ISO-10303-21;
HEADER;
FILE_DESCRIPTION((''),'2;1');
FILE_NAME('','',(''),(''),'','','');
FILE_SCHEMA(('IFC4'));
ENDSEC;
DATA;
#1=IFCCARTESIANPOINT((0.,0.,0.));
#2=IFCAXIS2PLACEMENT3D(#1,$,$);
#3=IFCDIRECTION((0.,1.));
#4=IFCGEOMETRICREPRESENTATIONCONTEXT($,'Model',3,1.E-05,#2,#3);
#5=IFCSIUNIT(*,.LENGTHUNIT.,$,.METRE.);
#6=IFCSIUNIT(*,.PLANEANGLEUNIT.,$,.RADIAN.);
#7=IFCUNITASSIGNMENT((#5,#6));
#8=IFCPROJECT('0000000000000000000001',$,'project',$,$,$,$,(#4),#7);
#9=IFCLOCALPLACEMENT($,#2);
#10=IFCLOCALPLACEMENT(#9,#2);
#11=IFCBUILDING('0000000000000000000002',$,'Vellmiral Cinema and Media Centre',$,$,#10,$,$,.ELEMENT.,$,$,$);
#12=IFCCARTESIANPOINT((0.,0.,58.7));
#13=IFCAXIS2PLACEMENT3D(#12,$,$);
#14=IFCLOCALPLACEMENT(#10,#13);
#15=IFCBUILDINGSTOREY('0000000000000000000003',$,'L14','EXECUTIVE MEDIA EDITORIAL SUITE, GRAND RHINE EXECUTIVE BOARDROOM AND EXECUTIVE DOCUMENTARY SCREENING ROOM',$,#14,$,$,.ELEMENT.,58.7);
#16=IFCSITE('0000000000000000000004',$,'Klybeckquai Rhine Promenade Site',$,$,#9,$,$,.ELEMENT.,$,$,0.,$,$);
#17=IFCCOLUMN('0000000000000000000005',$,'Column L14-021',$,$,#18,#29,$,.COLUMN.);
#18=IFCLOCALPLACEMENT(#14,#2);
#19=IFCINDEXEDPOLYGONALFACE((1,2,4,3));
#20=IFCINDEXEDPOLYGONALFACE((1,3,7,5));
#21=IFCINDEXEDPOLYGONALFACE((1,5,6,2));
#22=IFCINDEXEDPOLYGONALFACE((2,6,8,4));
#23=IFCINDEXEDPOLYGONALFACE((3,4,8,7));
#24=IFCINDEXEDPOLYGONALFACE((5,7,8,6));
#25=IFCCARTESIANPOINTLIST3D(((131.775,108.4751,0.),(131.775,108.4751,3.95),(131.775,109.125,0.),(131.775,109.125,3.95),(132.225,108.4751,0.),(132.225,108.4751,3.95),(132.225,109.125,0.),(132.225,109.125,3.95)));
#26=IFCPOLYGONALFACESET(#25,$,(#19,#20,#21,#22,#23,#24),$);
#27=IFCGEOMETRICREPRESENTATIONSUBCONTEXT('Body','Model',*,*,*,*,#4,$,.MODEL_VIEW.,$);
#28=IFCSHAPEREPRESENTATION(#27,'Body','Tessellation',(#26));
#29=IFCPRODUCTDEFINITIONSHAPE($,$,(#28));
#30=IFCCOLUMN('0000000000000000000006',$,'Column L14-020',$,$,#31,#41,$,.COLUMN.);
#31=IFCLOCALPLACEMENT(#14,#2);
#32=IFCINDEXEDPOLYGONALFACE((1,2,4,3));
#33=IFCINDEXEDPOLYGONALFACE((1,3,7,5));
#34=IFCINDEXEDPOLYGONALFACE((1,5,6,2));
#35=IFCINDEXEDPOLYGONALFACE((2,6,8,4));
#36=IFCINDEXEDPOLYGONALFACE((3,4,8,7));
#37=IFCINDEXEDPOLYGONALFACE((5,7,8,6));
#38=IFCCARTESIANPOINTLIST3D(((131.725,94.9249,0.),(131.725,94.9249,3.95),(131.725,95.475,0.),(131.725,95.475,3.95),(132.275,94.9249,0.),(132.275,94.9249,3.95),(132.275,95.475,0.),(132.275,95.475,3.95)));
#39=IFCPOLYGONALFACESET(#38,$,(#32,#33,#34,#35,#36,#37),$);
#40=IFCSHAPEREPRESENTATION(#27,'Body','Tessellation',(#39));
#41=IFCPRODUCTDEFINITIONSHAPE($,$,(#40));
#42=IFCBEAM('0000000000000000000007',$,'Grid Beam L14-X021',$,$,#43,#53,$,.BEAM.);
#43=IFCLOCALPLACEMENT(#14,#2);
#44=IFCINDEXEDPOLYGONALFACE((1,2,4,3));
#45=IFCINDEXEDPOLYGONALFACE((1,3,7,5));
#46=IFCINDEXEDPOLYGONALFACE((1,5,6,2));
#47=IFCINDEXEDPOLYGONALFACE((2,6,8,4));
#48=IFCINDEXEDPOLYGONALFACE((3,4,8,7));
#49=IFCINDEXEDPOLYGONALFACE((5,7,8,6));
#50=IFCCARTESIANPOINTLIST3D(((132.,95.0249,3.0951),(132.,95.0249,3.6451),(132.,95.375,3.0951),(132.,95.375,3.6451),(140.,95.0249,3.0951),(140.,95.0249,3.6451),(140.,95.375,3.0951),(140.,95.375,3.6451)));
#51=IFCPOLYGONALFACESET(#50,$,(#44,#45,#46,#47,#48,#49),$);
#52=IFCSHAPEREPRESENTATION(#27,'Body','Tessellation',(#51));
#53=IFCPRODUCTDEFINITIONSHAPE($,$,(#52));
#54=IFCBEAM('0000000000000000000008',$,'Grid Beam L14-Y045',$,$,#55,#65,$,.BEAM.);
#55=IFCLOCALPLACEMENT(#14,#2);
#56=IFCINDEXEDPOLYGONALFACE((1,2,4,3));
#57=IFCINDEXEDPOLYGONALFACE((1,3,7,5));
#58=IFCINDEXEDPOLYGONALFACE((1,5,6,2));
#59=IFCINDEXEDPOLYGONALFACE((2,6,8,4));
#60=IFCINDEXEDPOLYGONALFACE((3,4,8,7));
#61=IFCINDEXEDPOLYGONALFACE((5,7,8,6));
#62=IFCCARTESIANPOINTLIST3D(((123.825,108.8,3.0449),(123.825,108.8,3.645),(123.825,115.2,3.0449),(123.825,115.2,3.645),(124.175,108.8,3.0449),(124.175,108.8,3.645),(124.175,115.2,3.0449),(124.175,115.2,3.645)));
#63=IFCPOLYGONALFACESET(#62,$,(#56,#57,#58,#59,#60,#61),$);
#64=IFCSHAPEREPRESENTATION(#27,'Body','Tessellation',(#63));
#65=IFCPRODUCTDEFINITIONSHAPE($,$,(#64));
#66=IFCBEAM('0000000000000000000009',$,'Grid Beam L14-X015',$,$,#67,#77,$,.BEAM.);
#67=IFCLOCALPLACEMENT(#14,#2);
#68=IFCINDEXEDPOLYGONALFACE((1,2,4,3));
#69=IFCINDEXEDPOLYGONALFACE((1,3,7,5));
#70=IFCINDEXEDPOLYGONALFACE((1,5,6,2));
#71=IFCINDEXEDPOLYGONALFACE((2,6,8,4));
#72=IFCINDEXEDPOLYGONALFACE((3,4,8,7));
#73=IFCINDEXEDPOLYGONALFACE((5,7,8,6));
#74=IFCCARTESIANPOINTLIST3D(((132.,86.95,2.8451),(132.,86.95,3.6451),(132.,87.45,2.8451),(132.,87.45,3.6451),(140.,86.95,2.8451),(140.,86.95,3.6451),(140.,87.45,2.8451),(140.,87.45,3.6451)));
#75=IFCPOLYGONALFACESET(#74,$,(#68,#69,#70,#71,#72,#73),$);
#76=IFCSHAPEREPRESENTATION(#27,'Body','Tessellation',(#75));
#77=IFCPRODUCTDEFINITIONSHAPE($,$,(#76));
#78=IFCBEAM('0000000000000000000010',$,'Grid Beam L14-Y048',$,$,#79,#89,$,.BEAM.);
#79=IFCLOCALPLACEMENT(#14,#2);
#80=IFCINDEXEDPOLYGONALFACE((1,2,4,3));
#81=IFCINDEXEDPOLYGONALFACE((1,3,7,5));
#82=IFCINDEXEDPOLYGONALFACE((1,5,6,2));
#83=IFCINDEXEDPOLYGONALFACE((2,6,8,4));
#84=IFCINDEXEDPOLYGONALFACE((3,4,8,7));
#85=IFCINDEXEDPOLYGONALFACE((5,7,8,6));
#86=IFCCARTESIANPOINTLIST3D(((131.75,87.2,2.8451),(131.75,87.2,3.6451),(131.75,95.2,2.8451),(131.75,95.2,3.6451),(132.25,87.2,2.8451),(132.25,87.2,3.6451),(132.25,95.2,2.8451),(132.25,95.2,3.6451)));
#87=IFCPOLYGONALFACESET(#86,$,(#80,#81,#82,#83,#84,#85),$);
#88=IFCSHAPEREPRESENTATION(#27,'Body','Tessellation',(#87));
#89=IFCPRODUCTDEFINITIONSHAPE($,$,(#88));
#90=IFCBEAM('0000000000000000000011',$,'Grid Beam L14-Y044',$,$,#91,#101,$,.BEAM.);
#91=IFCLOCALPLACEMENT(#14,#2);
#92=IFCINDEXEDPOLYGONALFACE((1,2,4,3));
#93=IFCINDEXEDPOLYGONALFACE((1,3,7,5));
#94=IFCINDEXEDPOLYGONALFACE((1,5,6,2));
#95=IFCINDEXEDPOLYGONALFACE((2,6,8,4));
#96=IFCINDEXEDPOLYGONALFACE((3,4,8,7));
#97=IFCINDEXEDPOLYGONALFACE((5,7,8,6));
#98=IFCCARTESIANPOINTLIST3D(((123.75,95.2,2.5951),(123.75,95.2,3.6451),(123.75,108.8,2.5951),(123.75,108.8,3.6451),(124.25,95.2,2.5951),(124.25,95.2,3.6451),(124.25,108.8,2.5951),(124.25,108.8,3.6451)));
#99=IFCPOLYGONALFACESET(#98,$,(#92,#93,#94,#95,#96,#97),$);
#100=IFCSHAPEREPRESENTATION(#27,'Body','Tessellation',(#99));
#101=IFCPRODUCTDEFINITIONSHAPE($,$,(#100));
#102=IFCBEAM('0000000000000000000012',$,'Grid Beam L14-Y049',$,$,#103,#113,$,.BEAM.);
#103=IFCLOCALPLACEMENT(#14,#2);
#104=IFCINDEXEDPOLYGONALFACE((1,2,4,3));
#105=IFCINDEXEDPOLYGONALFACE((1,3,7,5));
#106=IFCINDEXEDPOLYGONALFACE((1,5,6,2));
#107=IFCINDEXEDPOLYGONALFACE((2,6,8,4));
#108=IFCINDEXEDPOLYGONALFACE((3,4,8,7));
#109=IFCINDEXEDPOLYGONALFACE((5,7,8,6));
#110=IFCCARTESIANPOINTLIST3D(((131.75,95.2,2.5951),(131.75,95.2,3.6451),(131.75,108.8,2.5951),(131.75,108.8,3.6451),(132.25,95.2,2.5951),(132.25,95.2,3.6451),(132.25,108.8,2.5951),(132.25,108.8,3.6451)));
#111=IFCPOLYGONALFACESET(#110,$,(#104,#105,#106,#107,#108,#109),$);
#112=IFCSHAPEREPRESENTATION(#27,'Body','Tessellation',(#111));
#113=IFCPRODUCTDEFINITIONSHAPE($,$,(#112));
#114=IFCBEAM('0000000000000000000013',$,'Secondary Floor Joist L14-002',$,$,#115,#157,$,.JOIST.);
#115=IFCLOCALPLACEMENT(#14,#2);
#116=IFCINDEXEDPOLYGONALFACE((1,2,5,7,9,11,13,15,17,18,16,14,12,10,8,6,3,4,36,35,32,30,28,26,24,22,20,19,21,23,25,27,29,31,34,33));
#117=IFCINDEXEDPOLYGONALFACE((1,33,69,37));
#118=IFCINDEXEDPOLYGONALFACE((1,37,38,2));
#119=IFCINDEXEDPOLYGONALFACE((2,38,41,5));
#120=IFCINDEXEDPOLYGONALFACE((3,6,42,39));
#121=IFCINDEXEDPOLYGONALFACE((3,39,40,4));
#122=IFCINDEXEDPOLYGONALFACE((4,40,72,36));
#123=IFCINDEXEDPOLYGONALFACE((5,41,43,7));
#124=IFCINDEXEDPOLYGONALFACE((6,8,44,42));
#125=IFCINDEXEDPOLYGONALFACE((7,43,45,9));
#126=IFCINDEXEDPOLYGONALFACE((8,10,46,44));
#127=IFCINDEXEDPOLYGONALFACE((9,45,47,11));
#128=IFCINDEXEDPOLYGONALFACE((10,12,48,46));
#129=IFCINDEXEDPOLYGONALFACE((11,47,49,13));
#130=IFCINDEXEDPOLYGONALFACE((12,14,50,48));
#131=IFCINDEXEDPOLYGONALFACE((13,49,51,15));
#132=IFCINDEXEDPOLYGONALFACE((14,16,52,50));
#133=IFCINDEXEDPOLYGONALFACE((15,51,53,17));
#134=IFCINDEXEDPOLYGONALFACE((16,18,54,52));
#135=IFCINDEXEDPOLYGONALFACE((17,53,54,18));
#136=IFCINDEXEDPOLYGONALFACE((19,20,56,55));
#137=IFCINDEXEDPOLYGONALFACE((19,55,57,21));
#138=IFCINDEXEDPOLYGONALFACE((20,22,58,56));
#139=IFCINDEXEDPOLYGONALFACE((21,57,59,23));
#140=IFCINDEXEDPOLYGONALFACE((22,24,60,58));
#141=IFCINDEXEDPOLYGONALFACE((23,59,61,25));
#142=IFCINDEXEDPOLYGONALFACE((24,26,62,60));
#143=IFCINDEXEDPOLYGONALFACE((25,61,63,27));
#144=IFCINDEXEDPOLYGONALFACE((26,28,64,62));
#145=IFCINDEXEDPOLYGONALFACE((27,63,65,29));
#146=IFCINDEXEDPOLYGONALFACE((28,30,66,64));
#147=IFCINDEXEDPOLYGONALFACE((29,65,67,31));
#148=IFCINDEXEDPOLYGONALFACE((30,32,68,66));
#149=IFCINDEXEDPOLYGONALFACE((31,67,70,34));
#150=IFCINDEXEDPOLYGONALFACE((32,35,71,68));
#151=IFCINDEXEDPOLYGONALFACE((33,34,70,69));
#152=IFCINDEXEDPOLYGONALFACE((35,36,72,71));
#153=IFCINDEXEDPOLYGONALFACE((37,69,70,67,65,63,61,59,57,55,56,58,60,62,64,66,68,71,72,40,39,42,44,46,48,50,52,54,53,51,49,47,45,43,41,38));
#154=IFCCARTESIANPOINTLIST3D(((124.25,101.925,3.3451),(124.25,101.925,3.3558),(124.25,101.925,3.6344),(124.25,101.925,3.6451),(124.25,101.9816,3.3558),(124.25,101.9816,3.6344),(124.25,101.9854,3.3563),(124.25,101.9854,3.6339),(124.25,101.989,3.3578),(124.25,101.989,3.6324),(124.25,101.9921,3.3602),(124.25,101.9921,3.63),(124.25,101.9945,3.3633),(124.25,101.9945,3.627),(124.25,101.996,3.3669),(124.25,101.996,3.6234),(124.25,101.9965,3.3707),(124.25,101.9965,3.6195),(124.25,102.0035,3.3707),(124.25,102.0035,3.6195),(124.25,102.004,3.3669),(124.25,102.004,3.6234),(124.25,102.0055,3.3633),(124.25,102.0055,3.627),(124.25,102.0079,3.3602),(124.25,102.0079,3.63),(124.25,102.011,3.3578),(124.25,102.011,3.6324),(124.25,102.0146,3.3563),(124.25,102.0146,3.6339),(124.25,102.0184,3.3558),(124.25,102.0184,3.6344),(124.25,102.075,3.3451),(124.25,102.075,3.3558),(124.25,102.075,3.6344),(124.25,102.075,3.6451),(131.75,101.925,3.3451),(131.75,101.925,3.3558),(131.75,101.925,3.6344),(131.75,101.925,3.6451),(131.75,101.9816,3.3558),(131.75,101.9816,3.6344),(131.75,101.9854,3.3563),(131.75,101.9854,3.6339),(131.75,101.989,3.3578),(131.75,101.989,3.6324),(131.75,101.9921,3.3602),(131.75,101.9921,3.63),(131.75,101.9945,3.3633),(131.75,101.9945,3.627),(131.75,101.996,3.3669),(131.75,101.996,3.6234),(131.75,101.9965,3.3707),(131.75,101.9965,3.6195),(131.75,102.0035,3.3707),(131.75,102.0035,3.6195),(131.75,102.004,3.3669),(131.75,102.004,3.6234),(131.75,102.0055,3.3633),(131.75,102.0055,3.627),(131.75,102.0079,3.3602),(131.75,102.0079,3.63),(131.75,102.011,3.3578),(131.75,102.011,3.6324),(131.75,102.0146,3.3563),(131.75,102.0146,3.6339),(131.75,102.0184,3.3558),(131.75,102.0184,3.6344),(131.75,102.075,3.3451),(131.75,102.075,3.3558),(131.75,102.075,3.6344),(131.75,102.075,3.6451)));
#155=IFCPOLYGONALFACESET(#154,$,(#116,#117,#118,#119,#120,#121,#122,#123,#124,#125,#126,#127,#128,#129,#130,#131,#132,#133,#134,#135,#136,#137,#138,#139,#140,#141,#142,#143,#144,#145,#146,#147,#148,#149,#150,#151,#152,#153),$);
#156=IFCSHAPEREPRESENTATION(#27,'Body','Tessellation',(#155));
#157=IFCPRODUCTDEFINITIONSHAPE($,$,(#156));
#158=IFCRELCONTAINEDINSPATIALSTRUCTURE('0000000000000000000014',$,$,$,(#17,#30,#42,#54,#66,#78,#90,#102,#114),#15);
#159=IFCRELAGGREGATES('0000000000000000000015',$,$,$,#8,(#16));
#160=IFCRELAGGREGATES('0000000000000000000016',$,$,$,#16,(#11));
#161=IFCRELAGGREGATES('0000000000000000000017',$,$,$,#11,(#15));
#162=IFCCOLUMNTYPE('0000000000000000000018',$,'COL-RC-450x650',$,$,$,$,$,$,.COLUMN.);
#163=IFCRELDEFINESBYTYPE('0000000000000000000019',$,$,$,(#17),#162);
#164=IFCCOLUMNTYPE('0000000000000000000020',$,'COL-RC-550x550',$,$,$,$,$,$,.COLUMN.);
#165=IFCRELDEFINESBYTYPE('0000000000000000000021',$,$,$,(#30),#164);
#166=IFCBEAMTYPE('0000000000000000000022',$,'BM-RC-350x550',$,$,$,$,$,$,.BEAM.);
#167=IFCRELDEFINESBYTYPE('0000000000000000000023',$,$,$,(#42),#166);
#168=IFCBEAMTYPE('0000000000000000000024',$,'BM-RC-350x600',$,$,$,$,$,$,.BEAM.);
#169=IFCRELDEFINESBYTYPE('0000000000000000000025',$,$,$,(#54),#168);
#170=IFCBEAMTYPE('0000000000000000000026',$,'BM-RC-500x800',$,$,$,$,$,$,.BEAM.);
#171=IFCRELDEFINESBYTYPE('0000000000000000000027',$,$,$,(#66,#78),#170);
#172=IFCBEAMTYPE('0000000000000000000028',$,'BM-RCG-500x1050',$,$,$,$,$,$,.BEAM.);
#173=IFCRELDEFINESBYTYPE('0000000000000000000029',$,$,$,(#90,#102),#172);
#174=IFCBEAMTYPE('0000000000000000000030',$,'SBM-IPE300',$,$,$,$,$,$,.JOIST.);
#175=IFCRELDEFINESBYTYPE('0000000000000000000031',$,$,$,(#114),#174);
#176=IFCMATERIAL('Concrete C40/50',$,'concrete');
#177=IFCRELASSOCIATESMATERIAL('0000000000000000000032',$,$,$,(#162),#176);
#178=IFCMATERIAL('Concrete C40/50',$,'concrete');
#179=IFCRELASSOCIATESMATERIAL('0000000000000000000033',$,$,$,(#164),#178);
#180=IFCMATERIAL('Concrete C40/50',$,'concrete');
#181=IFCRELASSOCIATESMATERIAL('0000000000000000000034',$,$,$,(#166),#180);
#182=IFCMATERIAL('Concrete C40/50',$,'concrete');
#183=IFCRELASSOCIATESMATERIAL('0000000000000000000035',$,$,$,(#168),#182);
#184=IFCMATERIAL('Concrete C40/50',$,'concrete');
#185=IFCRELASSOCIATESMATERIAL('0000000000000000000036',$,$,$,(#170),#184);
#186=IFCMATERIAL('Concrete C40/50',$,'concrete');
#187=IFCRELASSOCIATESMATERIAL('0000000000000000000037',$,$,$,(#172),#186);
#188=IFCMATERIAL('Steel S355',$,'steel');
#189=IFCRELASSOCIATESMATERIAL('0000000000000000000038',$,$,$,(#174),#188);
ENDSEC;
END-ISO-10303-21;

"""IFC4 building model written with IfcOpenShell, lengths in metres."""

from ifc_helpers import new_model, si_unit, direction, frame, origin, origin_2d, place, context, subcontext, project, spatial, rectangle, i_section, extrude, material, material_profile, profile_set, type_object, element, save


model = new_model("IFC4")

# Units and contexts
model_context = context("Model", 3, precision=1e-05, world=origin(), true_north=direction((0.0, 1.0)))
body_context = subcontext(model_context, "Body", "Model", "MODEL_VIEW")
ifc_project = project(units=[si_unit("LENGTHUNIT", "METRE"), si_unit("PLANEANGLEUNIT", "RADIAN")], contexts=[model_context])

# Site, building, storey
site_placement = place(None, origin())
site = spatial("IfcSite", under=ifc_project, at=site_placement, Name="Klybeckquai Rhine Promenade Site", CompositionType="ELEMENT", RefElevation=0.0)
building_placement = place(site_placement, origin())
building = spatial("IfcBuilding", under=site, at=building_placement, Name="Vellmiral Cinema and Media Centre", CompositionType="ELEMENT")
storey_placement = place(building_placement, frame((0.0, 0.0, 58.7)))
storey = spatial("IfcBuildingStorey", under=building, at=storey_placement, Name="L14", Description="EXECUTIVE MEDIA EDITORIAL SUITE, GRAND RHINE EXECUTIVE BOARDROOM AND EXECUTIVE DOCUMENTARY SCREENING ROOM", CompositionType="ELEMENT", Elevation=58.7)

# Columns
ifc_material_1 = material(Name="Concrete C40/50", Category="concrete")
ifc_material_profile_1 = material_profile(ifc_material_1, rectangle(XDim=0.45, YDim=0.6499, at=origin_2d()), Name="RC 450x650")
ifc_profile_set_1 = profile_set([ifc_material_profile_1], Name="Concrete C40/50")
column_type_1 = type_object("IfcColumnType", Name="COL-RC-450x650", PredefinedType="COLUMN", material=ifc_profile_set_1)
column_1_placement = place(storey_placement, frame((132.0, 108.8, 0.0), z_axis=(0.0, 0.0, 1.0), x_axis=(1.0, 0.0, 0.0)))
element("IfcColumn", 1, at=column_1_placement, inside=storey, type_object=column_type_1, Name="Column L14-021", PredefinedType="COLUMN", context=body_context, shape_type="SweptSolid", body=[
    extrude(rectangle(XDim=0.45, YDim=0.6499, at=origin_2d()), origin(), (0.0, 0.0, 1.0), 3.95),
])
ifc_material_2 = material(Name="Concrete C40/50", Category="concrete")
ifc_material_profile_2 = material_profile(ifc_material_2, rectangle(XDim=0.55, YDim=0.55, at=origin_2d()), Name="RC 550x550")
ifc_profile_set_2 = profile_set([ifc_material_profile_2], Name="Concrete C40/50")
column_type_2 = type_object("IfcColumnType", Name="COL-RC-550x550", PredefinedType="COLUMN", material=ifc_profile_set_2)
column_2_placement = place(storey_placement, frame((132.0, 95.2, 0.0), z_axis=(0.0, 0.0, 1.0), x_axis=(1.0, 0.0, 0.0)))
element("IfcColumn", 2, at=column_2_placement, inside=storey, type_object=column_type_2, Name="Column L14-020", PredefinedType="COLUMN", context=body_context, shape_type="SweptSolid", body=[
    extrude(rectangle(XDim=0.55, YDim=0.55, at=origin_2d()), origin(), (0.0, 0.0, 1.0), 3.95),
])

# Beams
ifc_material_3 = material(Name="Concrete C40/50", Category="concrete")
ifc_material_profile_3 = material_profile(ifc_material_3, rectangle(XDim=0.3501, YDim=0.55, at=origin_2d()), Name="RC 350x550")
ifc_profile_set_3 = profile_set([ifc_material_profile_3], Name="Concrete C40/50")
beam_type_1 = type_object("IfcBeamType", Name="BM-RC-350x550", PredefinedType="BEAM", material=ifc_profile_set_3)
beam_1_placement = place(storey_placement, frame((132.0, 95.2, 3.3701), z_axis=(1.0, 0.0, 0.0), x_axis=(0.0, 1.0, 0.0)))
element("IfcBeam", 3, at=beam_1_placement, inside=storey, type_object=beam_type_1, Name="Grid Beam L14-X021", PredefinedType="BEAM", context=body_context, shape_type="SweptSolid", body=[
    extrude(rectangle(XDim=0.3501, YDim=0.55, at=origin_2d()), origin(), (0.0, 0.0, 1.0), 8.0),
])
ifc_material_4 = material(Name="Concrete C40/50", Category="concrete")
ifc_material_profile_4 = material_profile(ifc_material_4, rectangle(XDim=0.3501, YDim=0.6001, at=origin_2d()), Name="RC 350x600")
ifc_profile_set_4 = profile_set([ifc_material_profile_4], Name="Concrete C40/50")
beam_type_2 = type_object("IfcBeamType", Name="BM-RC-350x600", PredefinedType="BEAM", material=ifc_profile_set_4)
beam_2_placement = place(storey_placement, frame((124.0, 108.8, 3.345), z_axis=(0.0, 1.0, 0.0), x_axis=(-1.0, 0.0, 0.0)))
element("IfcBeam", 4, at=beam_2_placement, inside=storey, type_object=beam_type_2, Name="Grid Beam L14-Y045", PredefinedType="BEAM", context=body_context, shape_type="SweptSolid", body=[
    extrude(rectangle(XDim=0.3501, YDim=0.6001, at=origin_2d()), origin(), (0.0, 0.0, 1.0), 6.3999),
])
ifc_material_5 = material(Name="Concrete C40/50", Category="concrete")
ifc_material_profile_5 = material_profile(ifc_material_5, rectangle(XDim=0.5, YDim=0.8, at=origin_2d()), Name="RC 500x800")
ifc_profile_set_5 = profile_set([ifc_material_profile_5], Name="Concrete C40/50")
beam_type_3 = type_object("IfcBeamType", Name="BM-RC-500x800", PredefinedType="BEAM", material=ifc_profile_set_5)
for number, where, z_axis, x_axis, name in (
    (5, (132.0, 87.2, 3.2451), (1.0, 0.0, 0.0), (0.0, 1.0, 0.0), "Grid Beam L14-X015"),
    (6, (132.0, 87.2, 3.2451), (0.0, 1.0, 0.0), (-1.0, 0.0, 0.0), "Grid Beam L14-Y048"),
):
    element("IfcBeam", number, at=place(storey_placement, frame(where, z_axis=z_axis, x_axis=x_axis)), inside=storey, type_object=beam_type_3, Name=name, PredefinedType="BEAM", context=body_context, shape_type="SweptSolid", body=[
        extrude(rectangle(XDim=0.5, YDim=0.8, at=origin_2d()), origin(), (0.0, 0.0, 1.0), 8.0),
    ])
ifc_material_6 = material(Name="Concrete C40/50", Category="concrete")
ifc_material_profile_6 = material_profile(ifc_material_6, rectangle(XDim=0.5, YDim=1.05, at=origin_2d()), Name="RC 500x1050")
ifc_profile_set_6 = profile_set([ifc_material_profile_6], Name="Concrete C40/50")
beam_type_4 = type_object("IfcBeamType", Name="BM-RCG-500x1050", PredefinedType="BEAM", material=ifc_profile_set_6)
for number, where, z_axis, x_axis, name in (
    (7, (124.0, 95.2, 3.1201), (0.0, 1.0, 0.0), (-1.0, 0.0, 0.0), "Grid Beam L14-Y044"),
    (8, (132.0, 95.2, 3.1201), (0.0, 1.0, 0.0), (-1.0, 0.0, 0.0), "Grid Beam L14-Y049"),
):
    element("IfcBeam", number, at=place(storey_placement, frame(where, z_axis=z_axis, x_axis=x_axis)), inside=storey, type_object=beam_type_4, Name=name, PredefinedType="BEAM", context=body_context, shape_type="SweptSolid", body=[
        extrude(rectangle(XDim=0.5, YDim=1.05, at=origin_2d()), origin(), (0.0, 0.0, 1.0), 13.6001),
    ])
ifc_material_7 = material(Name="Steel S355", Category="steel")
ifc_material_profile_7 = material_profile(ifc_material_7, i_section(OverallWidth=0.1499, OverallDepth=0.3, WebThickness=0.0071, FlangeThickness=0.0107, FilletRadius=0.0149, at=origin_2d()), Name="IPE 300")
ifc_profile_set_7 = profile_set([ifc_material_profile_7], Name="Steel S355")
beam_type_5 = type_object("IfcBeamType", Name="SBM-IPE300", PredefinedType="JOIST", material=ifc_profile_set_7)
beam_3_placement = place(storey_placement, frame((124.25, 102.0, 3.4951), z_axis=(1.0, 0.0, 0.0), x_axis=(0.0, 1.0, 0.0)))
element("IfcBeam", 9, at=beam_3_placement, inside=storey, type_object=beam_type_5, Name="Secondary Floor Joist L14-002", PredefinedType="JOIST", context=body_context, shape_type="SweptSolid", body=[
    extrude(i_section(OverallWidth=0.1499, OverallDepth=0.3, WebThickness=0.0071, FlangeThickness=0.0107, FilletRadius=0.0149, at=origin_2d()), origin(), (0.0, 0.0, 1.0), 7.5),
])

save(model, "model.ifc")
